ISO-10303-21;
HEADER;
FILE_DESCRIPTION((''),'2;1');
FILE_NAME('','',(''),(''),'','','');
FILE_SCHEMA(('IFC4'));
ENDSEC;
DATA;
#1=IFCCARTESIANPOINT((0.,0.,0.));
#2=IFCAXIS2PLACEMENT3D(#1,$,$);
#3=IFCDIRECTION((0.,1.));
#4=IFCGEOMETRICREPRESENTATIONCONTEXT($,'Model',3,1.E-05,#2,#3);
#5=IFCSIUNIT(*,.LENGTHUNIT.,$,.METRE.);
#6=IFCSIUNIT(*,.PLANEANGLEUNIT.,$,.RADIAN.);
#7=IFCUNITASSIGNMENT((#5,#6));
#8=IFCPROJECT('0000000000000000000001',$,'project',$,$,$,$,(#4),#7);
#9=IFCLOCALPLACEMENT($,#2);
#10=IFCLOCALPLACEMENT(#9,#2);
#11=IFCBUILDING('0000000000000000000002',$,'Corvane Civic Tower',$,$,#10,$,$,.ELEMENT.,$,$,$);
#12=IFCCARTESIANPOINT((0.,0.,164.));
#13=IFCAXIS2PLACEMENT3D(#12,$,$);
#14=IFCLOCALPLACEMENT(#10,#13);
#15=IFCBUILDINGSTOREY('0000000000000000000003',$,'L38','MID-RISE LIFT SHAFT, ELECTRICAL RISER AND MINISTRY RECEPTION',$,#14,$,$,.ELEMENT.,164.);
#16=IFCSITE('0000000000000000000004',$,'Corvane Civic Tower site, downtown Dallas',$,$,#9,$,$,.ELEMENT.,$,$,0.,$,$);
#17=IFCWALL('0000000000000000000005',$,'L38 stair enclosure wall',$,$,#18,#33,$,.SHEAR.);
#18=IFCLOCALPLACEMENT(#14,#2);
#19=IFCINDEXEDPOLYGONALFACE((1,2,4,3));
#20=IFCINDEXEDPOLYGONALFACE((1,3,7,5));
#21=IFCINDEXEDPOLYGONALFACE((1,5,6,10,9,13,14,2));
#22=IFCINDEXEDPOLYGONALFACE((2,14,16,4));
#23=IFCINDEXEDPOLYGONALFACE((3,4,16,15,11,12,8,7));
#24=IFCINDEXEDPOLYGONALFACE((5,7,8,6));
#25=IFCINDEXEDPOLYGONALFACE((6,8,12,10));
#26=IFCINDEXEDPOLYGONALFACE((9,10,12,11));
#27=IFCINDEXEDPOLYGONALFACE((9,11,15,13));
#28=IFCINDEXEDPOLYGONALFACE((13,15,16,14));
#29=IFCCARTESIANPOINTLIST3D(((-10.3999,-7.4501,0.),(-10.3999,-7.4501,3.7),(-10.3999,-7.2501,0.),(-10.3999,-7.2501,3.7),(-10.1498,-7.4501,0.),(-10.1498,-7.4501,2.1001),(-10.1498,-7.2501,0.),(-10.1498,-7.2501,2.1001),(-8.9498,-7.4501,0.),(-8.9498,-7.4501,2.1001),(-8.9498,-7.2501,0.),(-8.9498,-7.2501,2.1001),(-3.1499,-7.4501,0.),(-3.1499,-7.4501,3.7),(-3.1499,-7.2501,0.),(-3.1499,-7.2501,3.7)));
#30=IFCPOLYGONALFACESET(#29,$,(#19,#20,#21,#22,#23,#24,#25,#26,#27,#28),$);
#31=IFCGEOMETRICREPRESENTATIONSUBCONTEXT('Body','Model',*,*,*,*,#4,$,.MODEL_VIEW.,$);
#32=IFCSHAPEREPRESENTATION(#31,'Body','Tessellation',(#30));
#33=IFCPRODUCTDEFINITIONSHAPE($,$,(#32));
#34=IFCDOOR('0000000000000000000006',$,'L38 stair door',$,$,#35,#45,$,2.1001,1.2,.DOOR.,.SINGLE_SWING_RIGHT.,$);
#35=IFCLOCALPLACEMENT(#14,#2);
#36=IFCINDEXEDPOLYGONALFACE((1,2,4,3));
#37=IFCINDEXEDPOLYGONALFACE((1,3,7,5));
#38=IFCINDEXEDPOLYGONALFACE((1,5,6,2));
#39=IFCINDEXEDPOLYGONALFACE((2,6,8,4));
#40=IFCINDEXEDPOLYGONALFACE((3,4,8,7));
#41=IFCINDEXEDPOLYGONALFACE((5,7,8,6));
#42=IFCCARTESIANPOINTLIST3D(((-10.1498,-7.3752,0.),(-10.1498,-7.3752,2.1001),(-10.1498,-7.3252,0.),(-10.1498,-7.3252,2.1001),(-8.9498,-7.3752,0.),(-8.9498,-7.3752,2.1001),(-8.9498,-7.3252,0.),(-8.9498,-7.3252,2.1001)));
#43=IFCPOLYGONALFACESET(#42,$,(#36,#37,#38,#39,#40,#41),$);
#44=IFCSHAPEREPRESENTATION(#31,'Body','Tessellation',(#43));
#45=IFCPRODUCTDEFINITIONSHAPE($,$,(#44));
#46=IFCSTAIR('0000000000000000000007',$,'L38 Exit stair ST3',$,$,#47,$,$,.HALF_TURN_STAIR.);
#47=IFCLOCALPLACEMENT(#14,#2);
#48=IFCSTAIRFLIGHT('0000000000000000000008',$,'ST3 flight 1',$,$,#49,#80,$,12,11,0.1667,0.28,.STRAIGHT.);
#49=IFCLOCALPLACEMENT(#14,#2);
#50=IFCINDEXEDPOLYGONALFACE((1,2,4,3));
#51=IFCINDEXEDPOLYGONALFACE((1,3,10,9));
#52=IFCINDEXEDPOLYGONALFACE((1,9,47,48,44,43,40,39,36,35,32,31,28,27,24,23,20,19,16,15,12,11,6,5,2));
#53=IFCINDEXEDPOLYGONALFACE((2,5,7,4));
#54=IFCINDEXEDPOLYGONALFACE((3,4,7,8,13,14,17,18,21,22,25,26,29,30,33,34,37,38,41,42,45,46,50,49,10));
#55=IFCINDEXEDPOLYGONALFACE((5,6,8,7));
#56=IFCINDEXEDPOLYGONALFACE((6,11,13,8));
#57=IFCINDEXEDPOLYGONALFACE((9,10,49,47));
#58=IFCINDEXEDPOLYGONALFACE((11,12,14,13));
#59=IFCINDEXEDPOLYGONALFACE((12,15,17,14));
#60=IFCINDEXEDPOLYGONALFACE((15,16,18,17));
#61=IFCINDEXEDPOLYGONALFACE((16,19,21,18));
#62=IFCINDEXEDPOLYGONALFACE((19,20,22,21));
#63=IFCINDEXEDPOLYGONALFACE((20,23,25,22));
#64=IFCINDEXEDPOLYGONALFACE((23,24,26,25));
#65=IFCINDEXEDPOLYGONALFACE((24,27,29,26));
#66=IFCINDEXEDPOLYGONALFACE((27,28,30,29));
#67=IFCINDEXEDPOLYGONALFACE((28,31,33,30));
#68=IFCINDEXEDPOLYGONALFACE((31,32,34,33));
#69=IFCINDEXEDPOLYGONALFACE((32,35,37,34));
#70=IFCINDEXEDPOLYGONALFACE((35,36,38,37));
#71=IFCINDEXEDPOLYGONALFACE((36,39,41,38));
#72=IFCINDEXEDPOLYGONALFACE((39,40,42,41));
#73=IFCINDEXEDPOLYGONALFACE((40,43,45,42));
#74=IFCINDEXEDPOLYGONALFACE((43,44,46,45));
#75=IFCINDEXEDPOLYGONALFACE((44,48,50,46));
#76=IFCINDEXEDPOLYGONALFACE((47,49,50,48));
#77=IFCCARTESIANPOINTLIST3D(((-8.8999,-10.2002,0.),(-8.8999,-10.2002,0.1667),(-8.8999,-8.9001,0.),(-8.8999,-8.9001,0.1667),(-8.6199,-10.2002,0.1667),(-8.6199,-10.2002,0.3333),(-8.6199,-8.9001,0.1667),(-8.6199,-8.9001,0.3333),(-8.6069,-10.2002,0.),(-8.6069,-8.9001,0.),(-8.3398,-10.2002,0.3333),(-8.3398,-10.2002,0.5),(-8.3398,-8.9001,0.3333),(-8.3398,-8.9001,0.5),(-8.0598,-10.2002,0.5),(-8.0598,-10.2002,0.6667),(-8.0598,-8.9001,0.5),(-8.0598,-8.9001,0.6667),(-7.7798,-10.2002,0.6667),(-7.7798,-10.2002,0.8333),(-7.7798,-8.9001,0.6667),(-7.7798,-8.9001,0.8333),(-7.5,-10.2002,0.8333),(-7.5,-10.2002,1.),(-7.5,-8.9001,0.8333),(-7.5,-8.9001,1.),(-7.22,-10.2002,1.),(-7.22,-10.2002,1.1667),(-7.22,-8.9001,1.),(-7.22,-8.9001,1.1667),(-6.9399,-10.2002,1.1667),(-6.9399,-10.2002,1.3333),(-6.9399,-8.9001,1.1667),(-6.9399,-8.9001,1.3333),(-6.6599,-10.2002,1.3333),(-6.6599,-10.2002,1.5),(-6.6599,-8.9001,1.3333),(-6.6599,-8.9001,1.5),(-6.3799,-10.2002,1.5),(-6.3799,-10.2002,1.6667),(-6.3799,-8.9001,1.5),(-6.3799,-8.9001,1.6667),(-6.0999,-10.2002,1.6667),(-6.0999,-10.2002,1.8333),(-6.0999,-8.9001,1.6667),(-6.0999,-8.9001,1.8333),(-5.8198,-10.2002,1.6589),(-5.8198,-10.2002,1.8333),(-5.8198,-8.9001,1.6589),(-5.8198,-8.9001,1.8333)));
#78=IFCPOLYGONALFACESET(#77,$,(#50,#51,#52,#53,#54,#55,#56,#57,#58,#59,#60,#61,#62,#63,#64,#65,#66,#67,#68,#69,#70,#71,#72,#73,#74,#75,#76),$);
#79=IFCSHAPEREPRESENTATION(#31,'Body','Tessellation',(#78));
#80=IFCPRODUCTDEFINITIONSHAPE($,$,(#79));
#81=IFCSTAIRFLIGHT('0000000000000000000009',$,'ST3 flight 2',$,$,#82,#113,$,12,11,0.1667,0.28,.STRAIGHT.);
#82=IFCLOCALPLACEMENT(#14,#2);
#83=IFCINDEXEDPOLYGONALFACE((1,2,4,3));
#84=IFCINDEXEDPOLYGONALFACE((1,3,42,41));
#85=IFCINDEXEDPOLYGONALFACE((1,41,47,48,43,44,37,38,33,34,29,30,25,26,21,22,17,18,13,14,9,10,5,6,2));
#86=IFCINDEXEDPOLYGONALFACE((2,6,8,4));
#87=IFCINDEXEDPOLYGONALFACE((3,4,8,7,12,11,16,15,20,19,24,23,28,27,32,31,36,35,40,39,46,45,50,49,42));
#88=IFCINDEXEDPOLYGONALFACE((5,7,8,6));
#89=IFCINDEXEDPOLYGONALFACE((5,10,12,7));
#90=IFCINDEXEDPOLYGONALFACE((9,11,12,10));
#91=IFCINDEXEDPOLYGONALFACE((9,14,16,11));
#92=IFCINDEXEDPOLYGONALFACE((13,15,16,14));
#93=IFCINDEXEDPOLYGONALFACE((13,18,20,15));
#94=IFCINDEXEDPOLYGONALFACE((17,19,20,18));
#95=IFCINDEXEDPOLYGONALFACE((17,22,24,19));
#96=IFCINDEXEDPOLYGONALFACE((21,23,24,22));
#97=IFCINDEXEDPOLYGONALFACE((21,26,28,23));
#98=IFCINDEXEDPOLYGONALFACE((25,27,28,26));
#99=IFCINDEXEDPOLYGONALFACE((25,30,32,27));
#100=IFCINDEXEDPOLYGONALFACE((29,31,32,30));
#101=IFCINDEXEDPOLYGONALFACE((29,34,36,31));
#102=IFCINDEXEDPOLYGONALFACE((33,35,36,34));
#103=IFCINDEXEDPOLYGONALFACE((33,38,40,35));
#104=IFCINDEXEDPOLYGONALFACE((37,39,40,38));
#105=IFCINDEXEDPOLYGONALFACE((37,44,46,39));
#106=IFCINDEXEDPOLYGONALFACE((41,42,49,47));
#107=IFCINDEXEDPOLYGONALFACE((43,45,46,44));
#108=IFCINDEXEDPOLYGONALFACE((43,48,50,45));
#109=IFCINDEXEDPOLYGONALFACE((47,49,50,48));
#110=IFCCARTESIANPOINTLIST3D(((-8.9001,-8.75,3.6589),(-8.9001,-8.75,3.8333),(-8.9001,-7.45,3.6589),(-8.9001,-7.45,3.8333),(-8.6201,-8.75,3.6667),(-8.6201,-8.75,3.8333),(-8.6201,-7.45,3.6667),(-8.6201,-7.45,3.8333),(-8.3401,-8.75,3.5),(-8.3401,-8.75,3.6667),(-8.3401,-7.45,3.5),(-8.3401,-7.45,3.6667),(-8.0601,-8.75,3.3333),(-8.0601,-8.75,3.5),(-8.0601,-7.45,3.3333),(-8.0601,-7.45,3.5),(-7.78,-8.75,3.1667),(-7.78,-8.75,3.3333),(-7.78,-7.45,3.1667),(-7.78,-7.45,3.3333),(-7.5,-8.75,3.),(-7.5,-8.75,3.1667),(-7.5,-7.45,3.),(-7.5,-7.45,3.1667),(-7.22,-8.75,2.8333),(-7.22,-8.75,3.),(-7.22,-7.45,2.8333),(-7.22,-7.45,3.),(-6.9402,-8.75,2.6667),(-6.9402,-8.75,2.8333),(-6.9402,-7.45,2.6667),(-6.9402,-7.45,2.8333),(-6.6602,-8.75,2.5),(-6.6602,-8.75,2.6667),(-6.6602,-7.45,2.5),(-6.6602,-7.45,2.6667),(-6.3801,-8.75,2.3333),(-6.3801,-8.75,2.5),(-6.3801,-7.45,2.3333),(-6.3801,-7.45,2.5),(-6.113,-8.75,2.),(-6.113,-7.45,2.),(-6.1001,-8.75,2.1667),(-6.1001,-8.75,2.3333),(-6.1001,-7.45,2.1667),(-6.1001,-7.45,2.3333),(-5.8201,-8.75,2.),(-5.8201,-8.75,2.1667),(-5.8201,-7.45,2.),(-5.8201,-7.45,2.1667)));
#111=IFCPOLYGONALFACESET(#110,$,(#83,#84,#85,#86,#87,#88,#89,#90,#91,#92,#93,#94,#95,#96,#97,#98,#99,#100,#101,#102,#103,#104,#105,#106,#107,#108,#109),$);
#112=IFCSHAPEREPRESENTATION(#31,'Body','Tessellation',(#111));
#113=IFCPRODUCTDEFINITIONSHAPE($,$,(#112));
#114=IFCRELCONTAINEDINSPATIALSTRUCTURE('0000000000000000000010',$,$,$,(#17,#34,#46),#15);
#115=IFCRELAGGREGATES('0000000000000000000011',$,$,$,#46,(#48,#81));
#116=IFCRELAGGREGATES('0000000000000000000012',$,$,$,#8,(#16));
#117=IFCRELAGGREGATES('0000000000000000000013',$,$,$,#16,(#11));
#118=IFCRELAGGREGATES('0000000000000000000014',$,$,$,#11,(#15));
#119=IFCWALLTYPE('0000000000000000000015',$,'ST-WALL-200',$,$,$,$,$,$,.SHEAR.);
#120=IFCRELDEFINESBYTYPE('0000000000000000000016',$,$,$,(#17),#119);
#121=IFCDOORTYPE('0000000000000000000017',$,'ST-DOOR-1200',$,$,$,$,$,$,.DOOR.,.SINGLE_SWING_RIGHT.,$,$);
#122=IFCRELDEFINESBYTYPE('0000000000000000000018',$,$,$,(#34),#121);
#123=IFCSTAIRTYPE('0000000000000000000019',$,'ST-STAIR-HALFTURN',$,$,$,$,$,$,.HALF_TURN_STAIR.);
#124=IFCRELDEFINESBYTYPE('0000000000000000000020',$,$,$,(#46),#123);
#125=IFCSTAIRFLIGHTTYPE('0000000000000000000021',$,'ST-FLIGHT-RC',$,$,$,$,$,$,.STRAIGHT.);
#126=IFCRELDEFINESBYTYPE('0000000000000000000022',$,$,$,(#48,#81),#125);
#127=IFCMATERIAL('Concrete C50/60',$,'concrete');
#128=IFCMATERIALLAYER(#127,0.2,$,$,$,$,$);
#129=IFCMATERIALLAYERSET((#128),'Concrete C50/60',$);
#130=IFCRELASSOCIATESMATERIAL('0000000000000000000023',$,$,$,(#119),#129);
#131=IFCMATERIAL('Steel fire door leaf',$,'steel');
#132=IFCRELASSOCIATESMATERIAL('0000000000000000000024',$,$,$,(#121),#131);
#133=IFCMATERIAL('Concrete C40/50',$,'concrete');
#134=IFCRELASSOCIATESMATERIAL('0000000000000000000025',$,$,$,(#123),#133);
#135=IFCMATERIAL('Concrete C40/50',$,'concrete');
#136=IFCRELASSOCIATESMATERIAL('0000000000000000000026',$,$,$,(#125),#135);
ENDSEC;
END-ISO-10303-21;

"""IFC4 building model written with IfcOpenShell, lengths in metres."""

from ifc_helpers import new_model, si_unit, direction, frame, frame_2d, origin, place, context, subcontext, project, spatial, polyline, rectangle, outline, extrude, material, layer, layer_set, type_object, element, fill, aggregate, save


model = new_model("IFC4")

# Units and contexts
model_context = context("Model", 3, precision=1e-05, world=origin(), true_north=direction((0.0, 1.0)))
body_context = subcontext(model_context, "Body", "Model", "MODEL_VIEW")
ifc_project = project(units=[si_unit("LENGTHUNIT", "METRE"), si_unit("PLANEANGLEUNIT", "RADIAN")], contexts=[model_context])

# Site, building, storey
site_placement = place(None, origin())
site = spatial("IfcSite", under=ifc_project, at=site_placement, Name="Corvane Civic Tower site, downtown Dallas", CompositionType="ELEMENT", RefElevation=0.0)
building_placement = place(site_placement, origin())
building = spatial("IfcBuilding", under=site, at=building_placement, Name="Corvane Civic Tower", CompositionType="ELEMENT")
storey_placement = place(building_placement, frame((0.0, 0.0, 164.0)))
storey = spatial("IfcBuildingStorey", under=building, at=storey_placement, Name="L38", Description="MID-RISE LIFT SHAFT, ELECTRICAL RISER AND MINISTRY RECEPTION", CompositionType="ELEMENT", Elevation=164.0)

# Wall, opening, door
ifc_material_1 = material(Name="Concrete C50/60", Category="concrete")
ifc_layer_1 = layer(ifc_material_1, 0.2)
ifc_layer_set_1 = layer_set([ifc_layer_1], Name="Concrete C50/60")
wall_type_1 = type_object("IfcWallType", Name="ST-WALL-200", PredefinedType="SHEAR", material=ifc_layer_set_1)
wall_1_placement = place(storey_placement, frame((-10.3999, -7.3501, 0.0), z_axis=(0.0, 0.0, 1.0), x_axis=(1.0, 0.0, 0.0)))
wall_1 = element("IfcWall", 1, at=wall_1_placement, inside=storey, type_object=wall_type_1, Name="L38 stair enclosure wall", PredefinedType="SHEAR", context=body_context, shape_type="SweptSolid", body=[
    extrude(rectangle(XDim=7.25, YDim=0.2, at=frame_2d((3.625, 0.0))), origin(), (0.0, 0.0, 1.0), 3.7),
])
opening_1_placement = place(wall_1_placement, frame((0.25, 0.0, 0.0)))
opening_1 = element("IfcOpeningElement", 2, at=opening_1_placement, cuts=wall_1, PredefinedType="OPENING", context=body_context, shape_type="SweptSolid", body=[
    extrude(rectangle(XDim=1.2, YDim=2.1001, at=frame_2d((0.6001, 1.05))), frame((0.0, 0.1099, 0.0), z_axis=(0.0, -1.0, 0.0), x_axis=(1.0, 0.0, 0.0)), (0.0, 0.0, 1.0), 0.22),
])
ifc_material_2 = material(Name="Steel fire door leaf", Category="steel")
door_type_1 = type_object("IfcDoorType", Name="ST-DOOR-1200", OperationType="SINGLE_SWING_RIGHT", PredefinedType="DOOR", material=ifc_material_2)
door_1_placement = place(opening_1_placement, origin())
door_1 = element("IfcDoor", 3, at=door_1_placement, inside=storey, type_object=door_type_1, Name="L38 stair door", OperationType="SINGLE_SWING_RIGHT", OverallHeight=2.1001, OverallWidth=1.2, PredefinedType="DOOR", context=body_context, shape_type="SweptSolid", body=[
    extrude(rectangle(XDim=1.2, YDim=2.1001, at=frame_2d((0.6001, 1.05))), frame((0.0, 0.0249, 0.0), z_axis=(0.0, -1.0, 0.0), x_axis=(1.0, 0.0, 0.0)), (0.0, 0.0, 1.0), 0.05),
])
fill(opening_1, door_1)

# Stair, stair flights
ifc_material_3 = material(Name="Concrete C40/50", Category="concrete")
stair_type = type_object("IfcStairType", Name="ST-STAIR-HALFTURN", PredefinedType="HALF_TURN_STAIR", material=ifc_material_3)
stair_placement = place(storey_placement, origin())
stair = element("IfcStair", 4, at=stair_placement, inside=storey, type_object=stair_type, Name="L38 Exit stair ST3", PredefinedType="HALF_TURN_STAIR")
ifc_material_4 = material(Name="Concrete C40/50", Category="concrete")
stair_flight_type = type_object("IfcStairFlightType", Name="ST-FLIGHT-RC", PredefinedType="STRAIGHT", material=ifc_material_4)
stair_flight_1_placement = place(storey_placement, frame((-8.8999, -9.55, 0.0), z_axis=(0.0, 0.0, 1.0), x_axis=(1.0, 0.0, 0.0)))
stair_flight_1 = element("IfcStairFlight", 5, at=stair_flight_1_placement, type_object=stair_flight_type, Name="ST3 flight 1", NumberOfRisers=12, NumberOfTreads=11, PredefinedType="STRAIGHT", RiserHeight=0.1667, TreadLength=0.28, context=body_context, shape_type="SweptSolid", body=[
    extrude(outline(polyline([(0.0, 0.0), (0.0, 0.1667), (0.28, 0.1667), (0.28, 0.3333), (0.5601, 0.3333), (0.5601, 0.5), (0.8401, 0.5), (0.8401, 0.6667), (1.1201, 0.6667), (1.1201, 0.8333), (1.3999, 0.8333), (1.3999, 1.0), (1.6799, 1.0), (1.6799, 1.1667), (1.96, 1.1667), (1.96, 1.3333), (2.24, 1.3333), (2.24, 1.5), (2.52, 1.5), (2.52, 1.6667), (2.8, 1.6667), (2.8, 1.8333), (3.0801, 1.8333), (3.0801, 2.0), (3.0801, 1.6589), (0.293, 0.0), (0.0, 0.0)])), frame((0.0, 0.6499, 0.0), z_axis=(0.0, -1.0, 0.0), x_axis=(1.0, 0.0, 0.0)), (0.0, 0.0, 1.0), 1.3),
])
stair_flight_2_placement = place(storey_placement, frame((-5.8201, -8.1001, 2.0), z_axis=(0.0, 0.0, 1.0), x_axis=(-1.0, 0.0, 0.0)))
stair_flight_2 = element("IfcStairFlight", 6, at=stair_flight_2_placement, type_object=stair_flight_type, Name="ST3 flight 2", NumberOfRisers=12, NumberOfTreads=11, PredefinedType="STRAIGHT", RiserHeight=0.1667, TreadLength=0.28, context=body_context, shape_type="SweptSolid", body=[
    extrude(outline(polyline([(0.0, 0.0), (0.0, 0.1667), (0.28, 0.1667), (0.28, 0.3333), (0.5601, 0.3333), (0.5601, 0.5), (0.8401, 0.5), (0.8401, 0.6667), (1.1201, 0.6667), (1.1201, 0.8333), (1.3999, 0.8333), (1.3999, 1.0), (1.6799, 1.0), (1.6799, 1.1667), (1.96, 1.1667), (1.96, 1.3333), (2.24, 1.3333), (2.24, 1.5), (2.52, 1.5), (2.52, 1.6667), (2.8, 1.6667), (2.8, 1.8333), (3.0801, 1.8333), (3.0801, 2.0), (3.0801, 1.6589), (0.293, 0.0), (0.0, 0.0)])), frame((0.0, 0.6499, 0.0), z_axis=(0.0, -1.0, 0.0), x_axis=(1.0, 0.0, 0.0)), (0.0, 0.0, 1.0), 1.3),
])
aggregate(stair, [stair_flight_1, stair_flight_2])

save(model, "model.ifc")
